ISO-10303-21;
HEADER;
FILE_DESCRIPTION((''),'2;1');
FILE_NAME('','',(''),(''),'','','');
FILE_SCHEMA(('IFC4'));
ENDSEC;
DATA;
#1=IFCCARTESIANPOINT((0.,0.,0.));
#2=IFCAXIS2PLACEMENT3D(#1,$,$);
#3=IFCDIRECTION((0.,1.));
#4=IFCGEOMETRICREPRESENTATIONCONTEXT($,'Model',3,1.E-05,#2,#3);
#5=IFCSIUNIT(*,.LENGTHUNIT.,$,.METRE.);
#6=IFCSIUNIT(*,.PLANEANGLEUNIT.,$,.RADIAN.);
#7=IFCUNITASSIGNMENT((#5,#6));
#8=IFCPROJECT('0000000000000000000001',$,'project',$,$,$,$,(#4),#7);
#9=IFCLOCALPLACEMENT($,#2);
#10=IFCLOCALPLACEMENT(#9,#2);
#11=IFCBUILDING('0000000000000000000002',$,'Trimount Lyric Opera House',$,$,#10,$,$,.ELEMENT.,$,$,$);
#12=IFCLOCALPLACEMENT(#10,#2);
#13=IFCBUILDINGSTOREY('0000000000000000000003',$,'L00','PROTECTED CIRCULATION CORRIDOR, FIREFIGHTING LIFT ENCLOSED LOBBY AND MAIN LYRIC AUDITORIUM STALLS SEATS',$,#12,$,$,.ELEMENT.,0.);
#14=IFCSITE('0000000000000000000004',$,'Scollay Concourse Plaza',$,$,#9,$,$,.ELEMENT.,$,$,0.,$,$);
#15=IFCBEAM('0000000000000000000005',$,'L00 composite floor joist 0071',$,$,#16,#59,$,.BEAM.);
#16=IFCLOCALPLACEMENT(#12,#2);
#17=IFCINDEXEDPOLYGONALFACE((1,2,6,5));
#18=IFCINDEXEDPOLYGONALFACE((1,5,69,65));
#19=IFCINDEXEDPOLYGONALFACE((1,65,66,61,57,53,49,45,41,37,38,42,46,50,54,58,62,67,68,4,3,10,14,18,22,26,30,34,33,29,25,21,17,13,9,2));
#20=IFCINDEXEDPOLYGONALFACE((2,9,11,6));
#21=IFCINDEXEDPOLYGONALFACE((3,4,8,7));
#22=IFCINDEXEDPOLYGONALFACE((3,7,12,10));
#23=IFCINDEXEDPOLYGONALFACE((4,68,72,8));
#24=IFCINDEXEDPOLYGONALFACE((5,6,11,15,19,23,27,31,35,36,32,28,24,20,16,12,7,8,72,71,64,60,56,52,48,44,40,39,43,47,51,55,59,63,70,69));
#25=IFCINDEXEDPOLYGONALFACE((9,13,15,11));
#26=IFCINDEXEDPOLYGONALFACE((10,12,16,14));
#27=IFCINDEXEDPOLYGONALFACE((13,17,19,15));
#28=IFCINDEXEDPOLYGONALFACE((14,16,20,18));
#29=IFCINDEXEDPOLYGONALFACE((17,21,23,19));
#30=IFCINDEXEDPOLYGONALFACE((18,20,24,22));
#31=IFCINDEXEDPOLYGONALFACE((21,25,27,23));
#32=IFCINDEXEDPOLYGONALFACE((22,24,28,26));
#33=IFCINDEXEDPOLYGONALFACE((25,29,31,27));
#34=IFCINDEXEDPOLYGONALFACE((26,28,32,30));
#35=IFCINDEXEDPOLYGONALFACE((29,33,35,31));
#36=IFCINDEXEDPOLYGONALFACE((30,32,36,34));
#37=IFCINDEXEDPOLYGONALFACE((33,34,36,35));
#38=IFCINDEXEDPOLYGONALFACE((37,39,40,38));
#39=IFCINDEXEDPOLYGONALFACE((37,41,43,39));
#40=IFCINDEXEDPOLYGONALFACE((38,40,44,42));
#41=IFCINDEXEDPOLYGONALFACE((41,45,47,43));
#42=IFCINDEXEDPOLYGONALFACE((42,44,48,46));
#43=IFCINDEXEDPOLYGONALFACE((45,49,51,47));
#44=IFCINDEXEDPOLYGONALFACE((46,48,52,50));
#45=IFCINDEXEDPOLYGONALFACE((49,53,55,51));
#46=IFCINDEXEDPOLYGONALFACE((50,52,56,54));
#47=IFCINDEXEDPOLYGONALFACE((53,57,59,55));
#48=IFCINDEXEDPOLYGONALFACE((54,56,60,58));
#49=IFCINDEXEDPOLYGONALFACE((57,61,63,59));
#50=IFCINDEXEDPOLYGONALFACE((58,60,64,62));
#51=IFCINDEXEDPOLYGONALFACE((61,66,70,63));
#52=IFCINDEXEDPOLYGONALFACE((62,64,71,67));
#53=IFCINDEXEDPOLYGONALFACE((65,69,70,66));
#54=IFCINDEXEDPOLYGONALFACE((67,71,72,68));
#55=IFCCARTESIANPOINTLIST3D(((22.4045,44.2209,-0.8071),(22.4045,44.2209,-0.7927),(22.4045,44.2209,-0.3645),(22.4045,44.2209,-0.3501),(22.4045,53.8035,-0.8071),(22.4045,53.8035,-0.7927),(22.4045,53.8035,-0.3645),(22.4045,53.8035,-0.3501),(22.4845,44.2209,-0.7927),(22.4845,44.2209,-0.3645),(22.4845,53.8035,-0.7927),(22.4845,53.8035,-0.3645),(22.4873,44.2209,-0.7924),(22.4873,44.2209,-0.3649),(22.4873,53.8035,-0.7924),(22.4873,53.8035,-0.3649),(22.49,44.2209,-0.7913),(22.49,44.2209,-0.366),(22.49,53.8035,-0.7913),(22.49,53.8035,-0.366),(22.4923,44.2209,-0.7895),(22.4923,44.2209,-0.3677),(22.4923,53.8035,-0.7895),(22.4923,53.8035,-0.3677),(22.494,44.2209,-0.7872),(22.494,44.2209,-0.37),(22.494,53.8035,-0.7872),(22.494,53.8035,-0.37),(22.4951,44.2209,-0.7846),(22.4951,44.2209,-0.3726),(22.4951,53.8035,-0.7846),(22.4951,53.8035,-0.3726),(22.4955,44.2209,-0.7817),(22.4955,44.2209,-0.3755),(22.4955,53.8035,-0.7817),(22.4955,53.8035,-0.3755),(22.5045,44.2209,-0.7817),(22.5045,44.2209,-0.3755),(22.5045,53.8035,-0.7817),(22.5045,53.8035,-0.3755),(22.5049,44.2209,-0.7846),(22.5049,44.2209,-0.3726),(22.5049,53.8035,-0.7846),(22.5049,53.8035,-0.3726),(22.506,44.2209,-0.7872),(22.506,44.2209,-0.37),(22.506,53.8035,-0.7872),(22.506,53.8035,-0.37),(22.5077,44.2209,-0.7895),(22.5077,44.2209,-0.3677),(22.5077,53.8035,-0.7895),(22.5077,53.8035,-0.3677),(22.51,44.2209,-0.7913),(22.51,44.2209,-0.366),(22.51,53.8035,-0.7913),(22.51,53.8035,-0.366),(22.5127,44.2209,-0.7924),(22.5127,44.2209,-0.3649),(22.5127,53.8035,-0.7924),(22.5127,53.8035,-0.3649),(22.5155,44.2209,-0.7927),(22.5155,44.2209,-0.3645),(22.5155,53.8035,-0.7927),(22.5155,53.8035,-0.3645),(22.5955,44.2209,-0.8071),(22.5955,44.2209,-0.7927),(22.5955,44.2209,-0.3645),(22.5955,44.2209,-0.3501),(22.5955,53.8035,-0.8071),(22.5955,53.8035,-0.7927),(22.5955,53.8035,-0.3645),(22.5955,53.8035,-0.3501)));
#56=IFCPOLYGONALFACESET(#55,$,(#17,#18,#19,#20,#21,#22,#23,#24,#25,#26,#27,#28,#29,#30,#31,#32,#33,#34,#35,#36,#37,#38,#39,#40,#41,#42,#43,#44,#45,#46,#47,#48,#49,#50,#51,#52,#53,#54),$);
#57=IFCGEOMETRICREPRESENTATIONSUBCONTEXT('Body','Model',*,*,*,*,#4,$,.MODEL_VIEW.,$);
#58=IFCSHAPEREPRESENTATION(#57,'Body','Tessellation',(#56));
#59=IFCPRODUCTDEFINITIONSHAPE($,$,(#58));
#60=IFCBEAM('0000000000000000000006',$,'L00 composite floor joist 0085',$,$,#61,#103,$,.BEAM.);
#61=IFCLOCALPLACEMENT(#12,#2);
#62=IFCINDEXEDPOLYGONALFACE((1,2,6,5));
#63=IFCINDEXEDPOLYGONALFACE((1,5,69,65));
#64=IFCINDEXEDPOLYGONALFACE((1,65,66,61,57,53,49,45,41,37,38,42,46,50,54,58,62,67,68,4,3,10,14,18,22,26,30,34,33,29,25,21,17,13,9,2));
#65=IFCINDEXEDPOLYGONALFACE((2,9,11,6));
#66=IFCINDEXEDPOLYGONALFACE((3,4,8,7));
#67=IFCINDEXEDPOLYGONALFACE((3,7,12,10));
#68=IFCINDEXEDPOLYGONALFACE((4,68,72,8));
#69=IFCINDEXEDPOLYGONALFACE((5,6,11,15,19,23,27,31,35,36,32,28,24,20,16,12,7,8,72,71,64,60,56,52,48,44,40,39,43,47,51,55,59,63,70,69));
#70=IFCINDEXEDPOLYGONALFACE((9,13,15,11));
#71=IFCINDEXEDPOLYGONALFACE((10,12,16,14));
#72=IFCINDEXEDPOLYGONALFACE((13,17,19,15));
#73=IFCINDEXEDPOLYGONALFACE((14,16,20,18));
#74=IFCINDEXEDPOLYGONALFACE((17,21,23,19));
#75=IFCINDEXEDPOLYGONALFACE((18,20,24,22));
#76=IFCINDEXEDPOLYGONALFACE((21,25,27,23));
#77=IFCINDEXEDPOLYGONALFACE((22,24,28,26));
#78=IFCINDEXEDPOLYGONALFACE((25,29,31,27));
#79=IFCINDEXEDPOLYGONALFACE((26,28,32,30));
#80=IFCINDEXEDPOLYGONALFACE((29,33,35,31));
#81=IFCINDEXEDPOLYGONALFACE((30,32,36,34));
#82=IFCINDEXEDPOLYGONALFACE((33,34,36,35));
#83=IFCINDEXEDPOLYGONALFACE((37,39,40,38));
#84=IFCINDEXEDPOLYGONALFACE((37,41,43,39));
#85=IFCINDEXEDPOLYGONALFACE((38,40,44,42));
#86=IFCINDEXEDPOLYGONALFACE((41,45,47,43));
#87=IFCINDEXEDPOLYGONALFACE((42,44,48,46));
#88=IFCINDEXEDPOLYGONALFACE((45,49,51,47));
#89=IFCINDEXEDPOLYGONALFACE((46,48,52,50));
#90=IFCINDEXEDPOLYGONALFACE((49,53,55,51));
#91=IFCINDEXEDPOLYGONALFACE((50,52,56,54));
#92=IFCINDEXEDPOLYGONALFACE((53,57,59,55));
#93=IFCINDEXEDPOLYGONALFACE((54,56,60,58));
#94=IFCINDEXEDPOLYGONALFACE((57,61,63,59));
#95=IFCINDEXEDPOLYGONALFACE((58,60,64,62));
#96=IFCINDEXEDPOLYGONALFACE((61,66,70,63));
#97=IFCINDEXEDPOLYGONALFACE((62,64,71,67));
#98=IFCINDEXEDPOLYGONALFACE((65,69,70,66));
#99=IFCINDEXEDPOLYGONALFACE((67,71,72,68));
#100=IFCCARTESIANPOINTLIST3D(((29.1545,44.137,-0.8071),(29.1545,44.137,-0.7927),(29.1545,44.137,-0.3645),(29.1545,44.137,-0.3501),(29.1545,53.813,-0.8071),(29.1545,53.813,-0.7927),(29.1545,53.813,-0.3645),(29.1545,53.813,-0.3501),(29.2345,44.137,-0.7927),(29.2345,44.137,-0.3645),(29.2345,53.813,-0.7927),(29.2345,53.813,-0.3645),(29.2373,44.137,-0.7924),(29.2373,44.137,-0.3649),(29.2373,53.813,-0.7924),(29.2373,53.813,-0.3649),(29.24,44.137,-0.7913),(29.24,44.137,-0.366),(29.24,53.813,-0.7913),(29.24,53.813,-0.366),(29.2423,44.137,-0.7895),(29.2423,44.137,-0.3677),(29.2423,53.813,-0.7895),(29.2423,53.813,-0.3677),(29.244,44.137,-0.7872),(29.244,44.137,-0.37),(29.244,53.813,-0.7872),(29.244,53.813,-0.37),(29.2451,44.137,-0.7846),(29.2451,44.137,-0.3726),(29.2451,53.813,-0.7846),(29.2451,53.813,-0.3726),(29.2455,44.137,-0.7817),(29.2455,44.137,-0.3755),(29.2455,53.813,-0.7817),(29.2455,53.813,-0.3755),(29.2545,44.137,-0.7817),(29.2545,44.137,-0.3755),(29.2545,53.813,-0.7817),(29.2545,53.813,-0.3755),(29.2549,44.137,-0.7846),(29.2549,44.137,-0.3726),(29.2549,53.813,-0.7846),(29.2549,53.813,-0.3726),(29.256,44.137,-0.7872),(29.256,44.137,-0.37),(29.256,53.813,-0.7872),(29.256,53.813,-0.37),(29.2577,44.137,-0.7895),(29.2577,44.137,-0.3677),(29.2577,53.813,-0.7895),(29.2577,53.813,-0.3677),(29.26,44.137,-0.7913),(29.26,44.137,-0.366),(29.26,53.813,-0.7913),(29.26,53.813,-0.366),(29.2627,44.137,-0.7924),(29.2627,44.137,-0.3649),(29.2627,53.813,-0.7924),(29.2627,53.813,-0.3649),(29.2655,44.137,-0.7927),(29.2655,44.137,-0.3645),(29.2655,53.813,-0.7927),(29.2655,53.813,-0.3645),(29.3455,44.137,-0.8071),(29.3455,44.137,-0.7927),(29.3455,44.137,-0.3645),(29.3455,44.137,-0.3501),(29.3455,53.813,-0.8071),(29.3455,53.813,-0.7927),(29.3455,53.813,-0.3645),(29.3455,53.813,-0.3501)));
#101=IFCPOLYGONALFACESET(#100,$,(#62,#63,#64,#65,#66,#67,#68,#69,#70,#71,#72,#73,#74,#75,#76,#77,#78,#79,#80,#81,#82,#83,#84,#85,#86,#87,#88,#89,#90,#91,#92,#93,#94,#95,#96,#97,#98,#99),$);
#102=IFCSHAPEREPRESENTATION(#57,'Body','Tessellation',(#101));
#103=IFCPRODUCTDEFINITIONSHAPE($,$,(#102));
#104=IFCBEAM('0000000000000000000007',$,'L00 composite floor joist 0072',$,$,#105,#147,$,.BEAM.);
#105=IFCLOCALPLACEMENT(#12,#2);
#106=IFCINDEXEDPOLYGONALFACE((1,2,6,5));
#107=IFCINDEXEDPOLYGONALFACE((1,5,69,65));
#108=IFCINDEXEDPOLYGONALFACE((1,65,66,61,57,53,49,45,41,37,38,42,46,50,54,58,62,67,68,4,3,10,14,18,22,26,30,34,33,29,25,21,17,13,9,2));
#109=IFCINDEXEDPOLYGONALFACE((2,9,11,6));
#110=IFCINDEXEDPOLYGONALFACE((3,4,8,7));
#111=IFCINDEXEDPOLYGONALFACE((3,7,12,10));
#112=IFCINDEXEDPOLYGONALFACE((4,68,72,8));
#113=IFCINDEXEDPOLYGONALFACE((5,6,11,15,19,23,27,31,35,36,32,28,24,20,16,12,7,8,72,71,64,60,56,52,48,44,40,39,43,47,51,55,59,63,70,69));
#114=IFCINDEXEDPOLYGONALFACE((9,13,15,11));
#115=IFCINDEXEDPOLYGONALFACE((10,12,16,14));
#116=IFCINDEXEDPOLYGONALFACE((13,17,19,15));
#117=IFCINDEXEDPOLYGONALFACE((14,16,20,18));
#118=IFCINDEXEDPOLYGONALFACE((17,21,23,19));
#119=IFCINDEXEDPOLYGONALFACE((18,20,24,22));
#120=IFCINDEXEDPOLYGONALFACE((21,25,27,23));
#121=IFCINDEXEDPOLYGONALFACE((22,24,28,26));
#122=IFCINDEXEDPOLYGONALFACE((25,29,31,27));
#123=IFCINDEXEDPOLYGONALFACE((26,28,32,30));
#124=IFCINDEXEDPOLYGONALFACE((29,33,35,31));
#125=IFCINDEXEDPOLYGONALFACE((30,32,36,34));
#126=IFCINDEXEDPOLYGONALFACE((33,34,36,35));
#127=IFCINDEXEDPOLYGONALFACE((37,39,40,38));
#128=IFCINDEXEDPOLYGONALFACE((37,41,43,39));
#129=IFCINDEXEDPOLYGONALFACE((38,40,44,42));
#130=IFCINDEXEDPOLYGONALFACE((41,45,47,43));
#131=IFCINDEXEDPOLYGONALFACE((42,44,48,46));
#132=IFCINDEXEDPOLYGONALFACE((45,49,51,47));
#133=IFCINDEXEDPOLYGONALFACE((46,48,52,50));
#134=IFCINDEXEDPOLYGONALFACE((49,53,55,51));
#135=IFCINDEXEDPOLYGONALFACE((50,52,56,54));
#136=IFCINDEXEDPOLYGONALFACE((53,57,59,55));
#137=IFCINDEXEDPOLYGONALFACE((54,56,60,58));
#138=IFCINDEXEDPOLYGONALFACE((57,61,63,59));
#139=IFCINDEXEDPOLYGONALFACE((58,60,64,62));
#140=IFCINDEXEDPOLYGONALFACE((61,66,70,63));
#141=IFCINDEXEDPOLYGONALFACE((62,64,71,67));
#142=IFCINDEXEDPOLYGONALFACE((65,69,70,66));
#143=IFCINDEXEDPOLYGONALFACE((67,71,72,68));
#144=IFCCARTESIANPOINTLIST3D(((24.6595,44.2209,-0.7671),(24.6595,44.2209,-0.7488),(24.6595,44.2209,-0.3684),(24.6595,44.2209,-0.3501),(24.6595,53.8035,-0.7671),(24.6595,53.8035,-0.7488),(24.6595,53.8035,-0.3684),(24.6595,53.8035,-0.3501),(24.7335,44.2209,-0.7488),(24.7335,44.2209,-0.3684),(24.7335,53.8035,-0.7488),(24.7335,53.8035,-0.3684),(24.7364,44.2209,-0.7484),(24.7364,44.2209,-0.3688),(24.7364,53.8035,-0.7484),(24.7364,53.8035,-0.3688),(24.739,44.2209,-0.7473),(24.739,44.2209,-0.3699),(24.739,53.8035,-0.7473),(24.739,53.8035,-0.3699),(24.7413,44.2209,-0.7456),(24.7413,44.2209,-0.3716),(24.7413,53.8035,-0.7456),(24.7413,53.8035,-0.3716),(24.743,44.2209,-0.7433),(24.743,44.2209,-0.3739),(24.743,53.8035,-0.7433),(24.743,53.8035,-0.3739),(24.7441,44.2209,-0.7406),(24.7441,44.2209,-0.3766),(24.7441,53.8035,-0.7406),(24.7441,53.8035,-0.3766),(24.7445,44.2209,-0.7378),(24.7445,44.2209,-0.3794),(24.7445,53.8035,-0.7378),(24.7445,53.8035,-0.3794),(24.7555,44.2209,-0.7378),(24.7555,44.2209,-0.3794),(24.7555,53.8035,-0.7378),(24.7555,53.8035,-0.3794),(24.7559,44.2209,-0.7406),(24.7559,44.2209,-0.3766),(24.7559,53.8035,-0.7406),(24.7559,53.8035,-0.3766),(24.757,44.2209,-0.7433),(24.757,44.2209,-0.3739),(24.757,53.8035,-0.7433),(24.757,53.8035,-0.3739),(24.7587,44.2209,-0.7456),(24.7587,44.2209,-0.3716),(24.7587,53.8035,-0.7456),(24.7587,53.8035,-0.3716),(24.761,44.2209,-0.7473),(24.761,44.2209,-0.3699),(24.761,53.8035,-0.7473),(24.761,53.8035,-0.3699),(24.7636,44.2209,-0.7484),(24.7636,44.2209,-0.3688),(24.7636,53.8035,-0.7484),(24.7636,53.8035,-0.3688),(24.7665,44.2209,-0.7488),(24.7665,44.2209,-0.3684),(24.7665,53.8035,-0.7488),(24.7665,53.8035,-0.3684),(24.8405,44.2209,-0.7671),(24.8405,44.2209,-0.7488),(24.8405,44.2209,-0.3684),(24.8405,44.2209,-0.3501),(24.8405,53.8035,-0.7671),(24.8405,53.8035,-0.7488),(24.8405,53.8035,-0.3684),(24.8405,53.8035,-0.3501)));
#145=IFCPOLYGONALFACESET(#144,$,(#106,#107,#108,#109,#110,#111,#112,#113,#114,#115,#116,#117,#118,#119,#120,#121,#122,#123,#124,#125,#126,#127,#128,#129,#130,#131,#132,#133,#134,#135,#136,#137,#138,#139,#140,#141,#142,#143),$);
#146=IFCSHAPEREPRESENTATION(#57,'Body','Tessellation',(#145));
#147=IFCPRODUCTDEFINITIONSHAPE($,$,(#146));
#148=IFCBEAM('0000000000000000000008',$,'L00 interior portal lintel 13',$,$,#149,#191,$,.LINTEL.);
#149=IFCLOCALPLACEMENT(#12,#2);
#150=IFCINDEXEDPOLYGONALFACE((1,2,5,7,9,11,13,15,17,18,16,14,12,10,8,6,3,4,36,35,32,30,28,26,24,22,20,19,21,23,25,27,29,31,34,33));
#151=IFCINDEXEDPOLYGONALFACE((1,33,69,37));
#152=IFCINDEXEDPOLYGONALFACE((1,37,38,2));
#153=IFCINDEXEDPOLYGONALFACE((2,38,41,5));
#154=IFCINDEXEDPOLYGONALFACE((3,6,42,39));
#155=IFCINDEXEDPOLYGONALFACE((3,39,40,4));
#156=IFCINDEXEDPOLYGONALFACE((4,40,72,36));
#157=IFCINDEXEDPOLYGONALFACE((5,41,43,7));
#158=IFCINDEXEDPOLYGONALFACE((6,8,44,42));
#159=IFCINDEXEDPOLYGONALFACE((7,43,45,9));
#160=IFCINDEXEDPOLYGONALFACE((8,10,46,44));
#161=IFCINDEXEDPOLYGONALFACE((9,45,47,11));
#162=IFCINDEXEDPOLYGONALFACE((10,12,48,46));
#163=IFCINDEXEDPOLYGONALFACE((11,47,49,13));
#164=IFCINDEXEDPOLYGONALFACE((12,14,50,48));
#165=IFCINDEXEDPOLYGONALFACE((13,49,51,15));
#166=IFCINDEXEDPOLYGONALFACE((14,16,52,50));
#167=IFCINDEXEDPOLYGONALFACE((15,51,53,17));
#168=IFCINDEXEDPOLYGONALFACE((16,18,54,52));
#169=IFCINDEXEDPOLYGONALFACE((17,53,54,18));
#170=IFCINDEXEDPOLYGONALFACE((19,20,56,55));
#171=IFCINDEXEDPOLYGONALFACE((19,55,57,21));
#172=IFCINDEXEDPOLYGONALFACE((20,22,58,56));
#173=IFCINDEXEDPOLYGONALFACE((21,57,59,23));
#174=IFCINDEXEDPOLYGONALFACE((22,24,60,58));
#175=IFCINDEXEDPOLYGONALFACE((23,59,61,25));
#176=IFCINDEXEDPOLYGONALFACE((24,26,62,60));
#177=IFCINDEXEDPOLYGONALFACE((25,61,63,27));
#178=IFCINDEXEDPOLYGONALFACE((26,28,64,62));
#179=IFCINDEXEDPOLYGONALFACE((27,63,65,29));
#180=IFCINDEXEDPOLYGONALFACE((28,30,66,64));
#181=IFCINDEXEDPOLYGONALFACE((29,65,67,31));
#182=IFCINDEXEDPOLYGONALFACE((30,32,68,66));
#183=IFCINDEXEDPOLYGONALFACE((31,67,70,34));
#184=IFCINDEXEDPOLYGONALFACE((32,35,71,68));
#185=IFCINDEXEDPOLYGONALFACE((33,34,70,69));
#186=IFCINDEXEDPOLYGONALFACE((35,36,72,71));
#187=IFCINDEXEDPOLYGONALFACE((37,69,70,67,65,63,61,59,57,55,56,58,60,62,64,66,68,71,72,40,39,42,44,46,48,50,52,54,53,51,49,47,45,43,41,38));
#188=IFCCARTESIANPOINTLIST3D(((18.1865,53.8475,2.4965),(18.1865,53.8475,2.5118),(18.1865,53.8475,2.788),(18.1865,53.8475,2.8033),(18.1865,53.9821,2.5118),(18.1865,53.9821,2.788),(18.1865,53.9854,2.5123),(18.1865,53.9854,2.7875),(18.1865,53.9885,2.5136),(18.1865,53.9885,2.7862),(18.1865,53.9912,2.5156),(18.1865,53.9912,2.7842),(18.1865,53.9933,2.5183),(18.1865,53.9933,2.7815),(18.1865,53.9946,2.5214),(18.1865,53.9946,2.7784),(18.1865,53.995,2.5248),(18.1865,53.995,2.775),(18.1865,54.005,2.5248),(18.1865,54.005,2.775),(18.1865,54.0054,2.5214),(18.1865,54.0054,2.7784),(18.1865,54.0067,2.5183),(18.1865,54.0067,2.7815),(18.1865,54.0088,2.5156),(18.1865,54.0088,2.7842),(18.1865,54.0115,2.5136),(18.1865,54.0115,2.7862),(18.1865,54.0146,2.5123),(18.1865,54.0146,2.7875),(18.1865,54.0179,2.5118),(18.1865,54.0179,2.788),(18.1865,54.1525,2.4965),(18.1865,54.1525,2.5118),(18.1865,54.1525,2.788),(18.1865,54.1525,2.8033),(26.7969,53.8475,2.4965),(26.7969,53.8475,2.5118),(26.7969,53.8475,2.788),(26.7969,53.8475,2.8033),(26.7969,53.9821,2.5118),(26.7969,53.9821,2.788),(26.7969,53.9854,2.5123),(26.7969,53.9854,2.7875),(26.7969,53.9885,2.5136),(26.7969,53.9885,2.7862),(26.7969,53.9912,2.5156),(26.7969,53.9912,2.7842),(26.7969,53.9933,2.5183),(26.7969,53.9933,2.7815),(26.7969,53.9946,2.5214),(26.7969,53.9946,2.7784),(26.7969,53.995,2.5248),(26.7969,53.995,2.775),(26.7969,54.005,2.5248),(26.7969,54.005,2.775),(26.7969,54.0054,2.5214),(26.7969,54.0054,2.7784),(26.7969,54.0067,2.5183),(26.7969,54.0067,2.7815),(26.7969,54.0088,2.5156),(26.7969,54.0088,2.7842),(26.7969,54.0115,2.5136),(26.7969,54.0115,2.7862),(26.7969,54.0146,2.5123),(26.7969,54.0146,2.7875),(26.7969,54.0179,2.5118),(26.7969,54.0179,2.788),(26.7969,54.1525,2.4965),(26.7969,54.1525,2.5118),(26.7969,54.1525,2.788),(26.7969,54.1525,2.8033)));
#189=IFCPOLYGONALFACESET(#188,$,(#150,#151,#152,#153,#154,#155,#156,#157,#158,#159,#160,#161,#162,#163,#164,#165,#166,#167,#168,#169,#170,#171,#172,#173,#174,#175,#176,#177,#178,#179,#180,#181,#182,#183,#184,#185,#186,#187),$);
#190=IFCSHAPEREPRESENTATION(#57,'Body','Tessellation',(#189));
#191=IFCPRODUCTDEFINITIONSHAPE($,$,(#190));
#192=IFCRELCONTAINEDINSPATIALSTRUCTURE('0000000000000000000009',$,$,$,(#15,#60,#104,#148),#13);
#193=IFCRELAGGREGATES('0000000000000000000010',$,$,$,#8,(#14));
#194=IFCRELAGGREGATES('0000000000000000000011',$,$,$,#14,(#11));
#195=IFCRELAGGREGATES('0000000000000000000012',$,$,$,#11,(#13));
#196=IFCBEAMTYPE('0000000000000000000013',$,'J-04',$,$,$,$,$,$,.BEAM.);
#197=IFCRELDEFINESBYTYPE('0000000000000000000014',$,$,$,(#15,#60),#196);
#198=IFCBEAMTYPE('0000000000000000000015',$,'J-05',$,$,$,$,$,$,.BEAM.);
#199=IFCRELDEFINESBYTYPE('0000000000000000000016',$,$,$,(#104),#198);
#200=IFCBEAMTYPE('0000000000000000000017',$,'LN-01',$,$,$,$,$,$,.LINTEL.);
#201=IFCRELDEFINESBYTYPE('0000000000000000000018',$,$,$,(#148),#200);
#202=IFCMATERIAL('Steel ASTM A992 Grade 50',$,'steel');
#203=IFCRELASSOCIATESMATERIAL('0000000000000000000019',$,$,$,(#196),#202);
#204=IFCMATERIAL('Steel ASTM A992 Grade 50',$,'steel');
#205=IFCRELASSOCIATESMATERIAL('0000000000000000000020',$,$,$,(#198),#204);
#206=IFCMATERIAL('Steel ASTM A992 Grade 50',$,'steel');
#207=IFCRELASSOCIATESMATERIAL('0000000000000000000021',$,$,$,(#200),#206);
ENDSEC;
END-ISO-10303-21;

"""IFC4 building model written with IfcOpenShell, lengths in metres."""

from ifc_helpers import new_model, si_unit, direction, frame, origin, origin_2d, place, context, subcontext, project, spatial, i_section, extrude, material, material_profile, profile_set, type_object, element, save


model = new_model("IFC4")

# Units and contexts
model_context = context("Model", 3, precision=1e-05, world=origin(), true_north=direction((0.0, 1.0)))
body_context = subcontext(model_context, "Body", "Model", "MODEL_VIEW")
ifc_project = project(units=[si_unit("LENGTHUNIT", "METRE"), si_unit("PLANEANGLEUNIT", "RADIAN")], contexts=[model_context])

# Site, building, storey
site_placement = place(None, origin())
site = spatial("IfcSite", under=ifc_project, at=site_placement, Name="Scollay Concourse Plaza", CompositionType="ELEMENT", RefElevation=0.0)
building_placement = place(site_placement, origin())
building = spatial("IfcBuilding", under=site, at=building_placement, Name="Trimount Lyric Opera House", CompositionType="ELEMENT")
storey_placement = place(building_placement, origin())
storey = spatial("IfcBuildingStorey", under=building, at=storey_placement, Name="L00", Description="PROTECTED CIRCULATION CORRIDOR, FIREFIGHTING LIFT ENCLOSED LOBBY AND MAIN LYRIC AUDITORIUM STALLS SEATS", CompositionType="ELEMENT", Elevation=0.0)

# Beams
ifc_material_1 = material(Name="Steel ASTM A992 Grade 50", Category="steel")
ifc_material_profile_1 = material_profile(ifc_material_1, i_section(OverallWidth=0.1909, OverallDepth=0.457, WebThickness=0.009, FlangeThickness=0.0144, FilletRadius=0.011, at=origin_2d()), Name="W18X50")
ifc_profile_set_1 = profile_set([ifc_material_profile_1], Name="Steel ASTM A992 Grade 50")
beam_type_1 = type_object("IfcBeamType", Name="J-04", PredefinedType="BEAM", material=ifc_profile_set_1)
beam_1_placement = place(storey_placement, frame((22.5, 44.2209, -0.5786), z_axis=(0.0, 1.0, 0.0), x_axis=(-1.0, 0.0, 0.0)))
element("IfcBeam", 1, at=beam_1_placement, inside=storey, type_object=beam_type_1, Name="L00 composite floor joist 0071", PredefinedType="BEAM", context=body_context, shape_type="SweptSolid", body=[
    extrude(i_section(OverallWidth=0.1909, OverallDepth=0.457, WebThickness=0.009, FlangeThickness=0.0144, FilletRadius=0.011, at=origin_2d()), origin(), (0.0, 0.0, 1.0), 9.5825),
])
beam_2_placement = place(storey_placement, frame((29.25, 44.137, -0.5786), z_axis=(0.0, 1.0, 0.0), x_axis=(-1.0, 0.0, 0.0)))
element("IfcBeam", 2, at=beam_2_placement, inside=storey, type_object=beam_type_1, Name="L00 composite floor joist 0085", PredefinedType="BEAM", context=body_context, shape_type="SweptSolid", body=[
    extrude(i_section(OverallWidth=0.1909, OverallDepth=0.457, WebThickness=0.009, FlangeThickness=0.0144, FilletRadius=0.011, at=origin_2d()), origin(), (0.0, 0.0, 1.0), 9.676),
])
ifc_material_2 = material(Name="Steel ASTM A992 Grade 50", Category="steel")
ifc_material_profile_2 = material_profile(ifc_material_2, i_section(OverallWidth=0.1809, OverallDepth=0.417, WebThickness=0.011, FlangeThickness=0.0183, FilletRadius=0.011, at=origin_2d()), Name="W16X57")
ifc_profile_set_2 = profile_set([ifc_material_profile_2], Name="Steel ASTM A992 Grade 50")
beam_type_2 = type_object("IfcBeamType", Name="J-05", PredefinedType="BEAM", material=ifc_profile_set_2)
beam_3_placement = place(storey_placement, frame((24.75, 44.2209, -0.5586), z_axis=(0.0, 1.0, 0.0), x_axis=(-1.0, 0.0, 0.0)))
element("IfcBeam", 3, at=beam_3_placement, inside=storey, type_object=beam_type_2, Name="L00 composite floor joist 0072", PredefinedType="BEAM", context=body_context, shape_type="SweptSolid", body=[
    extrude(i_section(OverallWidth=0.1809, OverallDepth=0.417, WebThickness=0.011, FlangeThickness=0.0183, FilletRadius=0.011, at=origin_2d()), origin(), (0.0, 0.0, 1.0), 9.5825),
])
ifc_material_3 = material(Name="Steel ASTM A992 Grade 50", Category="steel")
ifc_material_profile_3 = material_profile(ifc_material_3, i_section(OverallWidth=0.3049, OverallDepth=0.3069, WebThickness=0.01, FlangeThickness=0.0154, FilletRadius=0.0129, at=origin_2d()), Name="W12X65")
ifc_profile_set_3 = profile_set([ifc_material_profile_3], Name="Steel ASTM A992 Grade 50")
beam_type_3 = type_object("IfcBeamType", Name="LN-01", PredefinedType="LINTEL", material=ifc_profile_set_3)
beam_4_placement = place(storey_placement, frame((18.1865, 54.0, 2.6499), z_axis=(1.0, 0.0, 0.0), x_axis=(0.0, 1.0, 0.0)))
element("IfcBeam", 4, at=beam_4_placement, inside=storey, type_object=beam_type_3, Name="L00 interior portal lintel 13", PredefinedType="LINTEL", context=body_context, shape_type="SweptSolid", body=[
    extrude(i_section(OverallWidth=0.3049, OverallDepth=0.3069, WebThickness=0.01, FlangeThickness=0.0154, FilletRadius=0.0129, at=origin_2d()), origin(), (0.0, 0.0, 1.0), 8.6104),
])

save(model, "model.ifc")
